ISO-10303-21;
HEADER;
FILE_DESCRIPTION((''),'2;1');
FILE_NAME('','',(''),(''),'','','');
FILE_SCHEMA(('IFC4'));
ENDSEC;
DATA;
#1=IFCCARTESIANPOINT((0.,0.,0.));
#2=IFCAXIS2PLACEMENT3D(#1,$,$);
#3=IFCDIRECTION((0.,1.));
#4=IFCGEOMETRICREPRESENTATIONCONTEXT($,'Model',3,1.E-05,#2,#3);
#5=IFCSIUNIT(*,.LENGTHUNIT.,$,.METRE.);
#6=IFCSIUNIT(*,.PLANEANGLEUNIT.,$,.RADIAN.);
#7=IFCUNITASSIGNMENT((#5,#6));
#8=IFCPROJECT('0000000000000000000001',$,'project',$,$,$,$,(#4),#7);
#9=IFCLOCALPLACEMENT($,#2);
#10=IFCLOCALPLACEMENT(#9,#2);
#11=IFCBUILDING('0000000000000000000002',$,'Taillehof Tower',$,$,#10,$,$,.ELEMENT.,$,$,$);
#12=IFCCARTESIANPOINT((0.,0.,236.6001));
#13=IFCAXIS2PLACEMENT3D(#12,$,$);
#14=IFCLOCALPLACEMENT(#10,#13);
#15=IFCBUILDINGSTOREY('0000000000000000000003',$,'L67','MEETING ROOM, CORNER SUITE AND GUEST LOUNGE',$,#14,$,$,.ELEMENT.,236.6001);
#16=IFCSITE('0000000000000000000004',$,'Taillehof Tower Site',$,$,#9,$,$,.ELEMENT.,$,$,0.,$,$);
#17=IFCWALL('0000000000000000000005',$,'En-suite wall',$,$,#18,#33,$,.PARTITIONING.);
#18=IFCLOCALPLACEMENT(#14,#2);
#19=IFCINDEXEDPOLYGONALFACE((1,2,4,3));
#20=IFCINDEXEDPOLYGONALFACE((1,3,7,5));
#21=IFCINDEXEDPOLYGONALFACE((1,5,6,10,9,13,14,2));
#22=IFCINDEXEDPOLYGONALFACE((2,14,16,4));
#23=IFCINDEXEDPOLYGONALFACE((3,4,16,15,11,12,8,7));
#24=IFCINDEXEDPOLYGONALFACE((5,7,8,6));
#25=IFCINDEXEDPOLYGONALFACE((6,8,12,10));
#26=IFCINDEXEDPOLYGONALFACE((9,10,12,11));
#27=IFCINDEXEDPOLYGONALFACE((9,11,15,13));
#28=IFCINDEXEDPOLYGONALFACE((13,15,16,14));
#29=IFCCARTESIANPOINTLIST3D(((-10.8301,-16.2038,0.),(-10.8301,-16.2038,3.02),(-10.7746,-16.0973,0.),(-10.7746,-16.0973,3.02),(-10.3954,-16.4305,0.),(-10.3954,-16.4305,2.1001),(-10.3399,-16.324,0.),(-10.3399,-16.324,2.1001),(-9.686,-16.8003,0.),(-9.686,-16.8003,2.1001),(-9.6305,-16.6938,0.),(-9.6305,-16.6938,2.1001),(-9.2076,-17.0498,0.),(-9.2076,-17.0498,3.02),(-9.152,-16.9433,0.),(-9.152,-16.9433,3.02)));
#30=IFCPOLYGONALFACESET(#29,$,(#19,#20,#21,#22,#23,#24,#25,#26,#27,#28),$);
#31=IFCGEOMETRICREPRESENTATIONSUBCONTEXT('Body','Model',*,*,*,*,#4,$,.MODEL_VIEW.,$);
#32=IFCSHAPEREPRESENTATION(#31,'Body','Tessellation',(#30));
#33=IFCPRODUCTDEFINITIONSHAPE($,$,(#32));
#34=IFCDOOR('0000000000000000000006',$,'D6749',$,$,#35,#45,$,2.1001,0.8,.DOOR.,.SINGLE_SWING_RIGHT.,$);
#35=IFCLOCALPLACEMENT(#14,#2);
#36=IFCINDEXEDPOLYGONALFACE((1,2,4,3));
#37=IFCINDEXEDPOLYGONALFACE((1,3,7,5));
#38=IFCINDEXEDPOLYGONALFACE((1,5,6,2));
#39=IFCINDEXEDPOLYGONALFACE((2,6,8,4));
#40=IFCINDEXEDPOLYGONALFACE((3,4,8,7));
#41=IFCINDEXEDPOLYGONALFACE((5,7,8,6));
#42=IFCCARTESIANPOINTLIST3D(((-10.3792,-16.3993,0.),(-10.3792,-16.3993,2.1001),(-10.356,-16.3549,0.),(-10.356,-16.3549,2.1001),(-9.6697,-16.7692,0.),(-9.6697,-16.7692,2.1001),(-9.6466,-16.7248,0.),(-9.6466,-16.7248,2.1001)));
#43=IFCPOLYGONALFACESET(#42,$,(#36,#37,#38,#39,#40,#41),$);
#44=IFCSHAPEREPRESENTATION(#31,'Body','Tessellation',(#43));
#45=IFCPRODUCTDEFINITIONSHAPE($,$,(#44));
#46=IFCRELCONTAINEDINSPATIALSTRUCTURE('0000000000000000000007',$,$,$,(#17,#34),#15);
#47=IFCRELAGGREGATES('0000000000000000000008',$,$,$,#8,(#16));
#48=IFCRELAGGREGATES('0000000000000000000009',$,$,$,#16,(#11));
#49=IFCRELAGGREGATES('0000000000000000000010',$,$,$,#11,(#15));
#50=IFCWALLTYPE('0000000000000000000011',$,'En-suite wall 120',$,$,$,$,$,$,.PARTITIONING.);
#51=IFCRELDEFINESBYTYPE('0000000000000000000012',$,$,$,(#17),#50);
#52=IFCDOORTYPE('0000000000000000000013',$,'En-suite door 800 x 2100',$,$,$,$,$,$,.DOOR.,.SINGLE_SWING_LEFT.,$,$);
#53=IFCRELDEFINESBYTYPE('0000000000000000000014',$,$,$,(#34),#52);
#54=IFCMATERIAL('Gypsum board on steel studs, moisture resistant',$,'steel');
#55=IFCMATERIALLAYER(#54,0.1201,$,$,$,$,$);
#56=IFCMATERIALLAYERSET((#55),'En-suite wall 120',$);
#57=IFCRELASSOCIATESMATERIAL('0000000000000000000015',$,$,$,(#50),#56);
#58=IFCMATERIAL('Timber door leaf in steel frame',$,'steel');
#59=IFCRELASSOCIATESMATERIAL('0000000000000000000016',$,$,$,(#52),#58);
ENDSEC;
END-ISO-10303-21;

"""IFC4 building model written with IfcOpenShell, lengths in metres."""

from ifc_helpers import new_model, si_unit, direction, frame, frame_2d, origin, place, context, subcontext, project, spatial, rectangle, extrude, material, layer, layer_set, type_object, element, fill, save


model = new_model("IFC4")

# Units and contexts
model_context = context("Model", 3, precision=1e-05, world=origin(), true_north=direction((0.0, 1.0)))
body_context = subcontext(model_context, "Body", "Model", "MODEL_VIEW")
ifc_project = project(units=[si_unit("LENGTHUNIT", "METRE"), si_unit("PLANEANGLEUNIT", "RADIAN")], contexts=[model_context])

# Site, building, storey
site_placement = place(None, origin())
site = spatial("IfcSite", under=ifc_project, at=site_placement, Name="Taillehof Tower Site", CompositionType="ELEMENT", RefElevation=0.0)
building_placement = place(site_placement, origin())
building = spatial("IfcBuilding", under=site, at=building_placement, Name="Taillehof Tower", CompositionType="ELEMENT")
storey_placement = place(building_placement, frame((0.0, 0.0, 236.6001)))
storey = spatial("IfcBuildingStorey", under=building, at=storey_placement, Name="L67", Description="MEETING ROOM, CORNER SUITE AND GUEST LOUNGE", CompositionType="ELEMENT", Elevation=236.6001)

# Shared definitions
ifc_material_1 = material(Name="Gypsum board on steel studs, moisture resistant", Category="steel")
ifc_layer_1 = layer(ifc_material_1, 0.1201)
ifc_layer_set_1 = layer_set([ifc_layer_1], Name="En-suite wall 120")
wall_type_1 = type_object("IfcWallType", Name="En-suite wall 120", PredefinedType="PARTITIONING", material=ifc_layer_set_1)

# Wall, opening, door
wall_1_placement = place(storey_placement, frame((-9.1797, -16.9966, 0.0), z_axis=(0.0, 0.0, 1.0), x_axis=(-0.88672, 0.462306, 0.0)))
wall_1 = element("IfcWall", 1, at=wall_1_placement, inside=storey, type_object=wall_type_1, Name="En-suite wall", PredefinedType="PARTITIONING", context=body_context, shape_type="SweptSolid", body=[
    extrude(rectangle(XDim=1.8298, YDim=0.1201, at=frame_2d((0.915, 0.0))), origin(), (0.0, 0.0, 1.0), 3.02),
])
opening_1_placement = place(wall_1_placement, frame((0.5398, 0.0, 0.0)))
opening_1 = element("IfcOpeningElement", 2, at=opening_1_placement, cuts=wall_1, PredefinedType="OPENING", context=body_context, shape_type="SweptSolid", body=[
    extrude(rectangle(XDim=0.8, YDim=2.1001, at=frame_2d((0.3999, 1.05))), frame((0.0, 0.0701, 0.0), z_axis=(0.0, -1.0, 0.0), x_axis=(1.0, 0.0, 0.0)), (0.0, 0.0, 1.0), 0.1401),
])
ifc_material_2 = material(Name="Timber door leaf in steel frame", Category="steel")
door_type = type_object("IfcDoorType", Name="En-suite door 800 x 2100", OperationType="SINGLE_SWING_LEFT", PredefinedType="DOOR", material=ifc_material_2)
door_placement = place(opening_1_placement, origin())
door = element("IfcDoor", 3, at=door_placement, inside=storey, type_object=door_type, Name="D6749", OperationType="SINGLE_SWING_RIGHT", OverallHeight=2.1001, OverallWidth=0.8, PredefinedType="DOOR", context=body_context, shape_type="SweptSolid", body=[
    extrude(rectangle(XDim=0.8, YDim=2.1001, at=frame_2d((0.3999, 1.05))), frame((0.0, 0.0249, 0.0), z_axis=(0.0, -1.0, 0.0), x_axis=(1.0, 0.0, 0.0)), (0.0, 0.0, 1.0), 0.05),
])
fill(opening_1, door)

save(model, "model.ifc")
